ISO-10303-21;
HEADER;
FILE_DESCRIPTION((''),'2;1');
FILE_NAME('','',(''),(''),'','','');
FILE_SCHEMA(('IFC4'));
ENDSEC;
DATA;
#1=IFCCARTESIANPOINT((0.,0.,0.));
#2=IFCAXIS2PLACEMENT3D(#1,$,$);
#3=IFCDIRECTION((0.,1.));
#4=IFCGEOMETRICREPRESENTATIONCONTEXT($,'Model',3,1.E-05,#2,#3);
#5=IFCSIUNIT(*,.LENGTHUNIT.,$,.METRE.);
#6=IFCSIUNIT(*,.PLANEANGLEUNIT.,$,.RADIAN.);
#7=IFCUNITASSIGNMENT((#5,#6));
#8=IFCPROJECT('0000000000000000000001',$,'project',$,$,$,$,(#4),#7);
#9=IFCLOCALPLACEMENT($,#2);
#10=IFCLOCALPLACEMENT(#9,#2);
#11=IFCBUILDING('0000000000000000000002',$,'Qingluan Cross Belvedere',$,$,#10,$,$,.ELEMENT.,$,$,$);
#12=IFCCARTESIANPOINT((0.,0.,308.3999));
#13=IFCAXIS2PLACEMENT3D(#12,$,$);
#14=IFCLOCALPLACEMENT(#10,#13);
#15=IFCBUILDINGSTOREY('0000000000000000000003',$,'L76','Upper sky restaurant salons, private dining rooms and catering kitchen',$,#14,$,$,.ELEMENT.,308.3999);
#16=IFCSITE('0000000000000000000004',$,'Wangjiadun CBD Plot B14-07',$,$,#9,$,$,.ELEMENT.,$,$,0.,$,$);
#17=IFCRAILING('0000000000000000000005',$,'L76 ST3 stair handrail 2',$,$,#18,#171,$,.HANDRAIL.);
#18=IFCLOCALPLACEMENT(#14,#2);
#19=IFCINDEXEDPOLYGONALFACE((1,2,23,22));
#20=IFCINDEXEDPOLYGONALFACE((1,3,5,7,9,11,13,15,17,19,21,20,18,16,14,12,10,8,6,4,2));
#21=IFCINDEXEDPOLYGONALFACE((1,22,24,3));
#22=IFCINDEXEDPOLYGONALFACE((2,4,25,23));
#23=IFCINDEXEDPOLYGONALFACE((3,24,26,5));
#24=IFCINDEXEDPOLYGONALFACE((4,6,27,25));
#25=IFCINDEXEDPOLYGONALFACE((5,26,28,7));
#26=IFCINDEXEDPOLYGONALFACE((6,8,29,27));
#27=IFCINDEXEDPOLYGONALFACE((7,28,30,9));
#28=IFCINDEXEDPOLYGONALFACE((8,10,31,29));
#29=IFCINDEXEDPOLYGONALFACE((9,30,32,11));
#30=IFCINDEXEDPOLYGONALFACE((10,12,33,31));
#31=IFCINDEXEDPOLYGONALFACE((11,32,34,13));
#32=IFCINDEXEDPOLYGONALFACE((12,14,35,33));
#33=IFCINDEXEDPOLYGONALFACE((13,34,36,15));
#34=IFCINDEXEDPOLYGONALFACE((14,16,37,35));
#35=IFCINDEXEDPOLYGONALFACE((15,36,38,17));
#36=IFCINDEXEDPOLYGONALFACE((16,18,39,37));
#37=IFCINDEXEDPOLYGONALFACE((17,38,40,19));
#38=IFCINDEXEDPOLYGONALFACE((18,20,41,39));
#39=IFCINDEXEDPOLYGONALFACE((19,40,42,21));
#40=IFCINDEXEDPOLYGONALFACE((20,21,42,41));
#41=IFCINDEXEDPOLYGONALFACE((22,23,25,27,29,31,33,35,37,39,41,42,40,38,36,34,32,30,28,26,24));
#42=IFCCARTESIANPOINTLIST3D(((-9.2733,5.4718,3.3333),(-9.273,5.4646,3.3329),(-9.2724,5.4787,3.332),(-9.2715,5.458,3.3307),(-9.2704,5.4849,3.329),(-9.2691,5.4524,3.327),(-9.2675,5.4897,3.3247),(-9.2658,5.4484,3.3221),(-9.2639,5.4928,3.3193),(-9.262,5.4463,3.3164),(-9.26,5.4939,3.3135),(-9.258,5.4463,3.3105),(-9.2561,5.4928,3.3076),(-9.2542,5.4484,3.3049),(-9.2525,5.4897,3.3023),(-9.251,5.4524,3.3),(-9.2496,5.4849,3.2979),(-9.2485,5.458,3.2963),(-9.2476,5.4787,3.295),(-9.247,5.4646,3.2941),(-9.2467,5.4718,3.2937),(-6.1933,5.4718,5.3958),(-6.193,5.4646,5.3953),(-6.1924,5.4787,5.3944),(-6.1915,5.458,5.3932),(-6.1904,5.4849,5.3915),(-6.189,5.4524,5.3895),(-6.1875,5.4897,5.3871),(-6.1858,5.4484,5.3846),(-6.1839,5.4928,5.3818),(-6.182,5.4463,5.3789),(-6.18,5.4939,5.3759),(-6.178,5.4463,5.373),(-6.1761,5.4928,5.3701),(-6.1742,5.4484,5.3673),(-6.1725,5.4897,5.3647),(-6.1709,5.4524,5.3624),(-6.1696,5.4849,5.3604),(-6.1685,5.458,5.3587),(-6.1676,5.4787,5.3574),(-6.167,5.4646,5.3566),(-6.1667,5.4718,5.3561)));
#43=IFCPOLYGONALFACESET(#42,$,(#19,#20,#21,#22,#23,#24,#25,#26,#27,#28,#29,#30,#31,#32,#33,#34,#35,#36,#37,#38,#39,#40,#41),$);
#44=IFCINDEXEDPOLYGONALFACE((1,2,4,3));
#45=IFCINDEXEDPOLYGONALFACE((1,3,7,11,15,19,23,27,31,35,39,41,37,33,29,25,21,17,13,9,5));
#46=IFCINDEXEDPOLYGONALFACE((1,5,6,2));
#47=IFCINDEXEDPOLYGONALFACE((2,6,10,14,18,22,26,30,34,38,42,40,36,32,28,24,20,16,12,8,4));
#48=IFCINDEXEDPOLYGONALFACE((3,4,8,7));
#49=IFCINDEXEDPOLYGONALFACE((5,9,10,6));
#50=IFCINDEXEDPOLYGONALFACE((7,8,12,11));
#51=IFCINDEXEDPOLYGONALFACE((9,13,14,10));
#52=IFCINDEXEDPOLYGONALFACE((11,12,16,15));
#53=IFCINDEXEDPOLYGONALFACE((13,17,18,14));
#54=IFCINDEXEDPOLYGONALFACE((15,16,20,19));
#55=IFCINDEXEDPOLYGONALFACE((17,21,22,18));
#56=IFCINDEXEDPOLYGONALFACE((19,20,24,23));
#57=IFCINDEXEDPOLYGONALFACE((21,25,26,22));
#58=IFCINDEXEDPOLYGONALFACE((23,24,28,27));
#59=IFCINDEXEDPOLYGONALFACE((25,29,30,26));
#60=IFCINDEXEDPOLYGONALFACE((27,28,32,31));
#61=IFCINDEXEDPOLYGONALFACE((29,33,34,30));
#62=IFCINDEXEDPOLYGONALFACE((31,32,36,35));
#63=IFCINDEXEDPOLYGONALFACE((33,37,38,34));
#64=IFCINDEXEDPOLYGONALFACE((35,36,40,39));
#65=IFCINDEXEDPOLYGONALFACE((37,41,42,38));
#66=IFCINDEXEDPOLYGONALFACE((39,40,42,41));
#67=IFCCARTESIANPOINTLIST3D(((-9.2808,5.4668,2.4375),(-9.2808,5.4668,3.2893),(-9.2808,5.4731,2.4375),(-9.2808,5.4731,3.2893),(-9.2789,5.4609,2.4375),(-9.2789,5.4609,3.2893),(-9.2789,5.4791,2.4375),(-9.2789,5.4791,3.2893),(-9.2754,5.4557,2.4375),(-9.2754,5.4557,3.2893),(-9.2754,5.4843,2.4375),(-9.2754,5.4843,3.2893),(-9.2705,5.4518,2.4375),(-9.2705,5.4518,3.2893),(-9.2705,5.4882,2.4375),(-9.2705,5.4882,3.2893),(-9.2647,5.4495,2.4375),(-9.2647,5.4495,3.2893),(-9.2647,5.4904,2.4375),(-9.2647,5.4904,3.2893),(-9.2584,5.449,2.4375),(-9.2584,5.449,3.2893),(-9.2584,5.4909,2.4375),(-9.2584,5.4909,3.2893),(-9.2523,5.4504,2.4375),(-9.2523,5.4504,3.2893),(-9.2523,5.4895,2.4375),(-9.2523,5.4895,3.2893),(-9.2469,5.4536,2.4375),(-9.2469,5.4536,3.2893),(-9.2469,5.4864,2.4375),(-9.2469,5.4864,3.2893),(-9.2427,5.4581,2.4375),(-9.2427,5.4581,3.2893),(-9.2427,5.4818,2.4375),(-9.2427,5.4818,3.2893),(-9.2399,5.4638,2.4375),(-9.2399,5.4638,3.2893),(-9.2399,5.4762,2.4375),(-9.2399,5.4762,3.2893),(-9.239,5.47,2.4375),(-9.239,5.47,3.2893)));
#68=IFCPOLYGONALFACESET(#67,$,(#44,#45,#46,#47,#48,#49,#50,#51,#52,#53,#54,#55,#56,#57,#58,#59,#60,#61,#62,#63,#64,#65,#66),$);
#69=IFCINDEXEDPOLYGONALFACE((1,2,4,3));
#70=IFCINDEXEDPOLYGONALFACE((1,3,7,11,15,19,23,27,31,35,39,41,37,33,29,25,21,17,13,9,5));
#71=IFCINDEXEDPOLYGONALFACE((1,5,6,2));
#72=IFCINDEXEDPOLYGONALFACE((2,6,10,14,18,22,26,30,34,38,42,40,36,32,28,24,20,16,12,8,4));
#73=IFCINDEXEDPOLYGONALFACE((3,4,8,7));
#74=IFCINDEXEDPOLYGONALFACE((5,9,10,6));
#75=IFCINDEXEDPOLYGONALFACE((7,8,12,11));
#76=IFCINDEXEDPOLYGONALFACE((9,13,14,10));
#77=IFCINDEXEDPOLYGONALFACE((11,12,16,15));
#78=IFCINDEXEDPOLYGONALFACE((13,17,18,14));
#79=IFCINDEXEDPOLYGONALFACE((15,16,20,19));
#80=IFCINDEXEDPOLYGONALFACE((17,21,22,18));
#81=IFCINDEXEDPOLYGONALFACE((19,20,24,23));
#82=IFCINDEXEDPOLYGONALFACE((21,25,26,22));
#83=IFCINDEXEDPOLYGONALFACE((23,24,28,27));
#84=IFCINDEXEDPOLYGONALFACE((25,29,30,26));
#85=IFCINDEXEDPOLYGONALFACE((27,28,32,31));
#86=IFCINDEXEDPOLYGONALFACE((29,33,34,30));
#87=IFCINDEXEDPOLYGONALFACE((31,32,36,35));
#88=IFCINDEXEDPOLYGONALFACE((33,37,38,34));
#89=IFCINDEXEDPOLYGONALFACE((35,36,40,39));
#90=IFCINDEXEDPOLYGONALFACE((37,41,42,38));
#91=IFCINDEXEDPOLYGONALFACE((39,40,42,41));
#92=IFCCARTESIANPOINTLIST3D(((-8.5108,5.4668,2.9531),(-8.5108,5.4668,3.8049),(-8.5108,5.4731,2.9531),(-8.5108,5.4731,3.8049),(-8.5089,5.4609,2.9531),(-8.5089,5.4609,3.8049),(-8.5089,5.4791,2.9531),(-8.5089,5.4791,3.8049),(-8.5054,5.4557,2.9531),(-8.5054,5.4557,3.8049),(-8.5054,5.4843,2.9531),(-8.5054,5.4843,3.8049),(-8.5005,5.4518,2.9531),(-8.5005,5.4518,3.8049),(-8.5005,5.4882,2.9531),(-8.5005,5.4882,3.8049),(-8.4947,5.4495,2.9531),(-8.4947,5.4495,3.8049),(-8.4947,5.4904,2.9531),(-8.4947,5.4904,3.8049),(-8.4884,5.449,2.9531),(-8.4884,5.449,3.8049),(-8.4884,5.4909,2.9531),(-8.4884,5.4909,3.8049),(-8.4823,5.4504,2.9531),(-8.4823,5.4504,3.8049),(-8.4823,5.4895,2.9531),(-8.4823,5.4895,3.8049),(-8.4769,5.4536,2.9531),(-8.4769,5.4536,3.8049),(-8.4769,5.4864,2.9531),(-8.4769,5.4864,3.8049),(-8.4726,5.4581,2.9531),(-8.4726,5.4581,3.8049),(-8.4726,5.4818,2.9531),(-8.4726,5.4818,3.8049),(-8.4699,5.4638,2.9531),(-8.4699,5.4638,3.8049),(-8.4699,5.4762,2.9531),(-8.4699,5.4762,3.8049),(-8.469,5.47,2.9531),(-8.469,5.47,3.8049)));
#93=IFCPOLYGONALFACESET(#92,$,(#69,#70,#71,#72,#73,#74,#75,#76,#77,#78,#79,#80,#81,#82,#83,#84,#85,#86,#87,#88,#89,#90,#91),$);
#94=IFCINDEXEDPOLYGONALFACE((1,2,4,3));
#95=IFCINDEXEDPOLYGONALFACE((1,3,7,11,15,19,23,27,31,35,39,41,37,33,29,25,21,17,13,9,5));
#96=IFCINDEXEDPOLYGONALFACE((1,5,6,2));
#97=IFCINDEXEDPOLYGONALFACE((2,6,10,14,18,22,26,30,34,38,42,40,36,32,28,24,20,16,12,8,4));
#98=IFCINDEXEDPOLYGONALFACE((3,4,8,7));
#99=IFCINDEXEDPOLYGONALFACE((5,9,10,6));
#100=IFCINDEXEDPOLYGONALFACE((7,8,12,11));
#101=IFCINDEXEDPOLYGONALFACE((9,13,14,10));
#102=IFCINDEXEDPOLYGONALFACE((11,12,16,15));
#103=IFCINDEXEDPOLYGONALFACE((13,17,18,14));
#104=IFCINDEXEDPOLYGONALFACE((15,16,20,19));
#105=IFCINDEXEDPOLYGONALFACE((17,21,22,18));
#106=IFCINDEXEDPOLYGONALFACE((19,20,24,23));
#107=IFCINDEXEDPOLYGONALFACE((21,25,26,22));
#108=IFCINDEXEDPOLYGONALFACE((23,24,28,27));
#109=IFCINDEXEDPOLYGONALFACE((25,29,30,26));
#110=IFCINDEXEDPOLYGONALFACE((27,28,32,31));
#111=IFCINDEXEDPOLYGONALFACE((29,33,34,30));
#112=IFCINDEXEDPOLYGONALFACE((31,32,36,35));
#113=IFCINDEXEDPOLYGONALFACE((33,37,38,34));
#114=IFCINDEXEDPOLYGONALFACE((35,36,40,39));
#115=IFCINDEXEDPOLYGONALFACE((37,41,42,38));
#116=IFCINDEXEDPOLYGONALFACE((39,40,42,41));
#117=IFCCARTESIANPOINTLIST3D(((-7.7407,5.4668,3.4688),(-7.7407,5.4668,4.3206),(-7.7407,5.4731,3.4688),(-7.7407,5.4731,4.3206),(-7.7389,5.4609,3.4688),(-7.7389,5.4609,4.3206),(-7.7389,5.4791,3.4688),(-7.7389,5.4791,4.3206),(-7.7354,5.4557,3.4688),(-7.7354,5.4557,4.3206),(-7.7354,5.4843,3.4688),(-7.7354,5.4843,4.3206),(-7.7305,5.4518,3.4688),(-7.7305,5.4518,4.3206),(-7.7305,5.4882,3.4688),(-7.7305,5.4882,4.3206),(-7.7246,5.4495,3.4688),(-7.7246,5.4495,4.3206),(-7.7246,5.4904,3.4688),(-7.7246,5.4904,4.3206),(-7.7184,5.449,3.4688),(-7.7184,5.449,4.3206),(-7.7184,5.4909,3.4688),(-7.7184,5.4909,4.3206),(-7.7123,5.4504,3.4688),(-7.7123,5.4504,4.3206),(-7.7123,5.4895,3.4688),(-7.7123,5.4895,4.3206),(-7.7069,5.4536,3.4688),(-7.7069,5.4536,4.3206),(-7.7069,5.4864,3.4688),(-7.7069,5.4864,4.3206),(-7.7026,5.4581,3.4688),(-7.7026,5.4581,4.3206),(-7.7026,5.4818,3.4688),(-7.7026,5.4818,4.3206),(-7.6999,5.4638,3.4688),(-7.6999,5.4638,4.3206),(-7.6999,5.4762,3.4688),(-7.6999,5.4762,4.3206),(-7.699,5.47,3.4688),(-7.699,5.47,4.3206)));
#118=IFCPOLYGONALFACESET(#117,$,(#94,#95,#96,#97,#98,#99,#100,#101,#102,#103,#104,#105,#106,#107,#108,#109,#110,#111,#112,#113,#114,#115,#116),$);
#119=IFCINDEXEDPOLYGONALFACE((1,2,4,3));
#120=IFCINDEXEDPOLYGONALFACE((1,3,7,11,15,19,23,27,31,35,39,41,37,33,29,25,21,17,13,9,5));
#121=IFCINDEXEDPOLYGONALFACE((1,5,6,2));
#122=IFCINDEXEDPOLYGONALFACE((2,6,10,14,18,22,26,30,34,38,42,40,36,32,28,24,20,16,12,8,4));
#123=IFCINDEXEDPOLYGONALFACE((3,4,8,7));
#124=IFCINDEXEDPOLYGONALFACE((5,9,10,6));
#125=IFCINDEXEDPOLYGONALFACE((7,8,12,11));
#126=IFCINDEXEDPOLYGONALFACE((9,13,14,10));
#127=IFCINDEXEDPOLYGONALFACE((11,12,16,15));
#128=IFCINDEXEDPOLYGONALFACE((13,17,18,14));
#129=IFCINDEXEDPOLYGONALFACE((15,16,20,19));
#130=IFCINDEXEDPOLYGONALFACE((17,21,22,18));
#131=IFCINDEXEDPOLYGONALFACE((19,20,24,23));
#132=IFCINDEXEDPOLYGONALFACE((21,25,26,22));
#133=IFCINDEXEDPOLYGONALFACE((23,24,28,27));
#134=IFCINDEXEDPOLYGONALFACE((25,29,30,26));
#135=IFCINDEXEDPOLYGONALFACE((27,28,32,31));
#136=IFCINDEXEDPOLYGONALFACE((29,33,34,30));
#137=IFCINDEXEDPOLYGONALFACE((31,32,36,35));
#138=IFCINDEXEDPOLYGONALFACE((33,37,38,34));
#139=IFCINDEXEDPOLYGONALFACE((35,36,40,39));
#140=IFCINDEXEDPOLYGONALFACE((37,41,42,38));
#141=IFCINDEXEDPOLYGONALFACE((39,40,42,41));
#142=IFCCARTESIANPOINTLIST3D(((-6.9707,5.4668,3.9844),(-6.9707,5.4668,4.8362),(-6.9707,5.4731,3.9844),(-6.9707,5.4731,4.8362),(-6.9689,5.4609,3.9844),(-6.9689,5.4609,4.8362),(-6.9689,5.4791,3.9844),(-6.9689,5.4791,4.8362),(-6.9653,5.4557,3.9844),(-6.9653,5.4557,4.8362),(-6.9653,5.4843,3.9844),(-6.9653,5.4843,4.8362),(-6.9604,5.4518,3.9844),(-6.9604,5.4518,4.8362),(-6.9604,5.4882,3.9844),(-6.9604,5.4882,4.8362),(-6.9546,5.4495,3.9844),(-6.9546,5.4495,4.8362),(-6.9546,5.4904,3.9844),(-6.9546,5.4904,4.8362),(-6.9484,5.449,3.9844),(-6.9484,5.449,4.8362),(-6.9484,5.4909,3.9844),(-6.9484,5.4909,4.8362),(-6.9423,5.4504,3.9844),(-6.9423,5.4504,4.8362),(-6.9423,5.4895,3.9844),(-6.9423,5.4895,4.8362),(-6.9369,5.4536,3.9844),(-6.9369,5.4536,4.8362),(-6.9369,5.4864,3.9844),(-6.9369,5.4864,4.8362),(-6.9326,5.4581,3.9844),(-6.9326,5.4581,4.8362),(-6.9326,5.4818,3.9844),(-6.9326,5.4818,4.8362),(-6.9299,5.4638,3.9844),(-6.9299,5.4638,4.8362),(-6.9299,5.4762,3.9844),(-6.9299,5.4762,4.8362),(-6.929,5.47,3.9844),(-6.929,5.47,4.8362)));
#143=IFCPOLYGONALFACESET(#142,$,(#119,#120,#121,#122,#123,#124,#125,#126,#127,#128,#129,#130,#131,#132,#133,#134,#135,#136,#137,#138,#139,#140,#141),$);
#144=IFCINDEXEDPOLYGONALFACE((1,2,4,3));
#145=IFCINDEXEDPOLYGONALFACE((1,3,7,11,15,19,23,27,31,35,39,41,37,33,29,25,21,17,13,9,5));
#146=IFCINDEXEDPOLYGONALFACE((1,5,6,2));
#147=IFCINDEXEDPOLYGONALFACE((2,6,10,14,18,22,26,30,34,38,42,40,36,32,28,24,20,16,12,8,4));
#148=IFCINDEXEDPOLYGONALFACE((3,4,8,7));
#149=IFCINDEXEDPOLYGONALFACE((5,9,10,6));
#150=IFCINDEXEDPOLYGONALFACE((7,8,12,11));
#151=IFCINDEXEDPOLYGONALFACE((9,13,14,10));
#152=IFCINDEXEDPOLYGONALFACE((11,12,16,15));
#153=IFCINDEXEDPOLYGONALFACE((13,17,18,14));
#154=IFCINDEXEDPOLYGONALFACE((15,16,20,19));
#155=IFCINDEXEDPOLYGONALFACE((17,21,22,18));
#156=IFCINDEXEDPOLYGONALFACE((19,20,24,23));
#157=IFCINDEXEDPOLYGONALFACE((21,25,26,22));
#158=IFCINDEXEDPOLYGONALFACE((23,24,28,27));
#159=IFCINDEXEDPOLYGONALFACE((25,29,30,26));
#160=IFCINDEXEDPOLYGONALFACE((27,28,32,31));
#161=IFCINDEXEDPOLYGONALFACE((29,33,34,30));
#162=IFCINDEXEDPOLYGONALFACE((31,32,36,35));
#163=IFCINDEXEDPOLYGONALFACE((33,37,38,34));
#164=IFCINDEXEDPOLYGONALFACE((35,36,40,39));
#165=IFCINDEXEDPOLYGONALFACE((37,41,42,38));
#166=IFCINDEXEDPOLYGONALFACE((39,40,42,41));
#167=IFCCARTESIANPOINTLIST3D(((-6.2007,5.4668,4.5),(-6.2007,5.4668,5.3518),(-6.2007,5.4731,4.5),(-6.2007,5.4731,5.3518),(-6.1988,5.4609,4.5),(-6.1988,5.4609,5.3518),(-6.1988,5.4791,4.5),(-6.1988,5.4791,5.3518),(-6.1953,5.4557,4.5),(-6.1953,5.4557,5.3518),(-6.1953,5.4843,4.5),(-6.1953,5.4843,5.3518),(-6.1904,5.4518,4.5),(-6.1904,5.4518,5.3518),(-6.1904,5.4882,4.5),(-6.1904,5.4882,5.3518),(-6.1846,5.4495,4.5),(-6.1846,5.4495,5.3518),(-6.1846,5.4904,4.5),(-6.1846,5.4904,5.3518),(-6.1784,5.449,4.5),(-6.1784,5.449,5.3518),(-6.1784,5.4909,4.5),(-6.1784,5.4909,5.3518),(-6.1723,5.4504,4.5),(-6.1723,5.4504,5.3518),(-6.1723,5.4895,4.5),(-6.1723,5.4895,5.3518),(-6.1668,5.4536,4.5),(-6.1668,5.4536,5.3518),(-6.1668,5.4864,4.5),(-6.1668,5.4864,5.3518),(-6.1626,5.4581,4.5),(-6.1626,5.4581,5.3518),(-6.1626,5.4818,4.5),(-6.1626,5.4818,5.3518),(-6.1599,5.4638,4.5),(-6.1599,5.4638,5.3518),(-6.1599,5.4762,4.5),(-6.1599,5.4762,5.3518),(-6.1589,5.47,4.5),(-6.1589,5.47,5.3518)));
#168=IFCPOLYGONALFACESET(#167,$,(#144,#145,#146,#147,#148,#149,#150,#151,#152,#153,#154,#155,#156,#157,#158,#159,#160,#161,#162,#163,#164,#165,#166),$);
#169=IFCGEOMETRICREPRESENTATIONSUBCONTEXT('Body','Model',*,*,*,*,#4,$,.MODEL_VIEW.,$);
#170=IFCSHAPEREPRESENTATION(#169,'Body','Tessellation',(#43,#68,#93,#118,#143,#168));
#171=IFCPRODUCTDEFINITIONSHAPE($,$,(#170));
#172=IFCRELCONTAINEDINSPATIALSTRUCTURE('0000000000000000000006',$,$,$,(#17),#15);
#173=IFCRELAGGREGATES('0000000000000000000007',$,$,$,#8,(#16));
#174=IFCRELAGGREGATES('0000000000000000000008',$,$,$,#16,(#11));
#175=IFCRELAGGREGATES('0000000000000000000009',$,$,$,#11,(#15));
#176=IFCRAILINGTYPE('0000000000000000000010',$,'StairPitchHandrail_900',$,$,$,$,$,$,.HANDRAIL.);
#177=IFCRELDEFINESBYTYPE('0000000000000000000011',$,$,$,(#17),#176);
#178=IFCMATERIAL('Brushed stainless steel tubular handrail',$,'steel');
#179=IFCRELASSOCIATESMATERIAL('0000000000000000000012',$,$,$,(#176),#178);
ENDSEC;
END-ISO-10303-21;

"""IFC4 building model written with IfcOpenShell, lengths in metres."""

from ifc_helpers import new_model, si_unit, direction, frame, origin, origin_2d, place, context, subcontext, project, spatial, circle, extrude, material, type_object, element, save


model = new_model("IFC4")

# Units and contexts
model_context = context("Model", 3, precision=1e-05, world=origin(), true_north=direction((0.0, 1.0)))
body_context = subcontext(model_context, "Body", "Model", "MODEL_VIEW")
ifc_project = project(units=[si_unit("LENGTHUNIT", "METRE"), si_unit("PLANEANGLEUNIT", "RADIAN")], contexts=[model_context])

# Site, building, storey
site_placement = place(None, origin())
site = spatial("IfcSite", under=ifc_project, at=site_placement, Name="Wangjiadun CBD Plot B14-07", CompositionType="ELEMENT", RefElevation=0.0)
building_placement = place(site_placement, origin())
building = spatial("IfcBuilding", under=site, at=building_placement, Name="Qingluan Cross Belvedere", CompositionType="ELEMENT")
storey_placement = place(building_placement, frame((0.0, 0.0, 308.3999)))
storey = spatial("IfcBuildingStorey", under=building, at=storey_placement, Name="L76", Description="Upper sky restaurant salons, private dining rooms and catering kitchen", CompositionType="ELEMENT", Elevation=308.3999)

# Railing
ifc_material_1 = material(Name="Brushed stainless steel tubular handrail", Category="steel")
railing_type = type_object("IfcRailingType", Name="StairPitchHandrail_900", PredefinedType="HANDRAIL", material=ifc_material_1)
railing_placement = place(storey_placement, frame((-9.26, 5.47, 2.4375)))
element("IfcRailing", 1, at=railing_placement, inside=storey, type_object=railing_type, Name="L76 ST3 stair handrail 2", PredefinedType="HANDRAIL", context=body_context, shape_type="SweptSolid", body=[
    extrude(circle(Radius=0.0239, at=origin_2d()), frame((0.0, 0.0, 0.876), z_axis=(0.830914, 0.0, 0.556401), x_axis=(0.0, 1.0, 0.0)), (0.0, 0.0, 1.0), 3.7068),
    extrude(circle(Radius=0.021, at=origin_2d()), origin(), (0.0, 0.0, 1.0), 0.8518),
    extrude(circle(Radius=0.021, at=origin_2d()), frame((0.77, 0.0, 0.5156)), (0.0, 0.0, 1.0), 0.8518),
    extrude(circle(Radius=0.021, at=origin_2d()), frame((1.54, 0.0, 1.0312)), (0.0, 0.0, 1.0), 0.8518),
    extrude(circle(Radius=0.021, at=origin_2d()), frame((2.3101, 0.0, 1.5469)), (0.0, 0.0, 1.0), 0.8518),
    extrude(circle(Radius=0.021, at=origin_2d()), frame((3.0801, 0.0, 2.0625)), (0.0, 0.0, 1.0), 0.8518),
])

save(model, "model.ifc")
